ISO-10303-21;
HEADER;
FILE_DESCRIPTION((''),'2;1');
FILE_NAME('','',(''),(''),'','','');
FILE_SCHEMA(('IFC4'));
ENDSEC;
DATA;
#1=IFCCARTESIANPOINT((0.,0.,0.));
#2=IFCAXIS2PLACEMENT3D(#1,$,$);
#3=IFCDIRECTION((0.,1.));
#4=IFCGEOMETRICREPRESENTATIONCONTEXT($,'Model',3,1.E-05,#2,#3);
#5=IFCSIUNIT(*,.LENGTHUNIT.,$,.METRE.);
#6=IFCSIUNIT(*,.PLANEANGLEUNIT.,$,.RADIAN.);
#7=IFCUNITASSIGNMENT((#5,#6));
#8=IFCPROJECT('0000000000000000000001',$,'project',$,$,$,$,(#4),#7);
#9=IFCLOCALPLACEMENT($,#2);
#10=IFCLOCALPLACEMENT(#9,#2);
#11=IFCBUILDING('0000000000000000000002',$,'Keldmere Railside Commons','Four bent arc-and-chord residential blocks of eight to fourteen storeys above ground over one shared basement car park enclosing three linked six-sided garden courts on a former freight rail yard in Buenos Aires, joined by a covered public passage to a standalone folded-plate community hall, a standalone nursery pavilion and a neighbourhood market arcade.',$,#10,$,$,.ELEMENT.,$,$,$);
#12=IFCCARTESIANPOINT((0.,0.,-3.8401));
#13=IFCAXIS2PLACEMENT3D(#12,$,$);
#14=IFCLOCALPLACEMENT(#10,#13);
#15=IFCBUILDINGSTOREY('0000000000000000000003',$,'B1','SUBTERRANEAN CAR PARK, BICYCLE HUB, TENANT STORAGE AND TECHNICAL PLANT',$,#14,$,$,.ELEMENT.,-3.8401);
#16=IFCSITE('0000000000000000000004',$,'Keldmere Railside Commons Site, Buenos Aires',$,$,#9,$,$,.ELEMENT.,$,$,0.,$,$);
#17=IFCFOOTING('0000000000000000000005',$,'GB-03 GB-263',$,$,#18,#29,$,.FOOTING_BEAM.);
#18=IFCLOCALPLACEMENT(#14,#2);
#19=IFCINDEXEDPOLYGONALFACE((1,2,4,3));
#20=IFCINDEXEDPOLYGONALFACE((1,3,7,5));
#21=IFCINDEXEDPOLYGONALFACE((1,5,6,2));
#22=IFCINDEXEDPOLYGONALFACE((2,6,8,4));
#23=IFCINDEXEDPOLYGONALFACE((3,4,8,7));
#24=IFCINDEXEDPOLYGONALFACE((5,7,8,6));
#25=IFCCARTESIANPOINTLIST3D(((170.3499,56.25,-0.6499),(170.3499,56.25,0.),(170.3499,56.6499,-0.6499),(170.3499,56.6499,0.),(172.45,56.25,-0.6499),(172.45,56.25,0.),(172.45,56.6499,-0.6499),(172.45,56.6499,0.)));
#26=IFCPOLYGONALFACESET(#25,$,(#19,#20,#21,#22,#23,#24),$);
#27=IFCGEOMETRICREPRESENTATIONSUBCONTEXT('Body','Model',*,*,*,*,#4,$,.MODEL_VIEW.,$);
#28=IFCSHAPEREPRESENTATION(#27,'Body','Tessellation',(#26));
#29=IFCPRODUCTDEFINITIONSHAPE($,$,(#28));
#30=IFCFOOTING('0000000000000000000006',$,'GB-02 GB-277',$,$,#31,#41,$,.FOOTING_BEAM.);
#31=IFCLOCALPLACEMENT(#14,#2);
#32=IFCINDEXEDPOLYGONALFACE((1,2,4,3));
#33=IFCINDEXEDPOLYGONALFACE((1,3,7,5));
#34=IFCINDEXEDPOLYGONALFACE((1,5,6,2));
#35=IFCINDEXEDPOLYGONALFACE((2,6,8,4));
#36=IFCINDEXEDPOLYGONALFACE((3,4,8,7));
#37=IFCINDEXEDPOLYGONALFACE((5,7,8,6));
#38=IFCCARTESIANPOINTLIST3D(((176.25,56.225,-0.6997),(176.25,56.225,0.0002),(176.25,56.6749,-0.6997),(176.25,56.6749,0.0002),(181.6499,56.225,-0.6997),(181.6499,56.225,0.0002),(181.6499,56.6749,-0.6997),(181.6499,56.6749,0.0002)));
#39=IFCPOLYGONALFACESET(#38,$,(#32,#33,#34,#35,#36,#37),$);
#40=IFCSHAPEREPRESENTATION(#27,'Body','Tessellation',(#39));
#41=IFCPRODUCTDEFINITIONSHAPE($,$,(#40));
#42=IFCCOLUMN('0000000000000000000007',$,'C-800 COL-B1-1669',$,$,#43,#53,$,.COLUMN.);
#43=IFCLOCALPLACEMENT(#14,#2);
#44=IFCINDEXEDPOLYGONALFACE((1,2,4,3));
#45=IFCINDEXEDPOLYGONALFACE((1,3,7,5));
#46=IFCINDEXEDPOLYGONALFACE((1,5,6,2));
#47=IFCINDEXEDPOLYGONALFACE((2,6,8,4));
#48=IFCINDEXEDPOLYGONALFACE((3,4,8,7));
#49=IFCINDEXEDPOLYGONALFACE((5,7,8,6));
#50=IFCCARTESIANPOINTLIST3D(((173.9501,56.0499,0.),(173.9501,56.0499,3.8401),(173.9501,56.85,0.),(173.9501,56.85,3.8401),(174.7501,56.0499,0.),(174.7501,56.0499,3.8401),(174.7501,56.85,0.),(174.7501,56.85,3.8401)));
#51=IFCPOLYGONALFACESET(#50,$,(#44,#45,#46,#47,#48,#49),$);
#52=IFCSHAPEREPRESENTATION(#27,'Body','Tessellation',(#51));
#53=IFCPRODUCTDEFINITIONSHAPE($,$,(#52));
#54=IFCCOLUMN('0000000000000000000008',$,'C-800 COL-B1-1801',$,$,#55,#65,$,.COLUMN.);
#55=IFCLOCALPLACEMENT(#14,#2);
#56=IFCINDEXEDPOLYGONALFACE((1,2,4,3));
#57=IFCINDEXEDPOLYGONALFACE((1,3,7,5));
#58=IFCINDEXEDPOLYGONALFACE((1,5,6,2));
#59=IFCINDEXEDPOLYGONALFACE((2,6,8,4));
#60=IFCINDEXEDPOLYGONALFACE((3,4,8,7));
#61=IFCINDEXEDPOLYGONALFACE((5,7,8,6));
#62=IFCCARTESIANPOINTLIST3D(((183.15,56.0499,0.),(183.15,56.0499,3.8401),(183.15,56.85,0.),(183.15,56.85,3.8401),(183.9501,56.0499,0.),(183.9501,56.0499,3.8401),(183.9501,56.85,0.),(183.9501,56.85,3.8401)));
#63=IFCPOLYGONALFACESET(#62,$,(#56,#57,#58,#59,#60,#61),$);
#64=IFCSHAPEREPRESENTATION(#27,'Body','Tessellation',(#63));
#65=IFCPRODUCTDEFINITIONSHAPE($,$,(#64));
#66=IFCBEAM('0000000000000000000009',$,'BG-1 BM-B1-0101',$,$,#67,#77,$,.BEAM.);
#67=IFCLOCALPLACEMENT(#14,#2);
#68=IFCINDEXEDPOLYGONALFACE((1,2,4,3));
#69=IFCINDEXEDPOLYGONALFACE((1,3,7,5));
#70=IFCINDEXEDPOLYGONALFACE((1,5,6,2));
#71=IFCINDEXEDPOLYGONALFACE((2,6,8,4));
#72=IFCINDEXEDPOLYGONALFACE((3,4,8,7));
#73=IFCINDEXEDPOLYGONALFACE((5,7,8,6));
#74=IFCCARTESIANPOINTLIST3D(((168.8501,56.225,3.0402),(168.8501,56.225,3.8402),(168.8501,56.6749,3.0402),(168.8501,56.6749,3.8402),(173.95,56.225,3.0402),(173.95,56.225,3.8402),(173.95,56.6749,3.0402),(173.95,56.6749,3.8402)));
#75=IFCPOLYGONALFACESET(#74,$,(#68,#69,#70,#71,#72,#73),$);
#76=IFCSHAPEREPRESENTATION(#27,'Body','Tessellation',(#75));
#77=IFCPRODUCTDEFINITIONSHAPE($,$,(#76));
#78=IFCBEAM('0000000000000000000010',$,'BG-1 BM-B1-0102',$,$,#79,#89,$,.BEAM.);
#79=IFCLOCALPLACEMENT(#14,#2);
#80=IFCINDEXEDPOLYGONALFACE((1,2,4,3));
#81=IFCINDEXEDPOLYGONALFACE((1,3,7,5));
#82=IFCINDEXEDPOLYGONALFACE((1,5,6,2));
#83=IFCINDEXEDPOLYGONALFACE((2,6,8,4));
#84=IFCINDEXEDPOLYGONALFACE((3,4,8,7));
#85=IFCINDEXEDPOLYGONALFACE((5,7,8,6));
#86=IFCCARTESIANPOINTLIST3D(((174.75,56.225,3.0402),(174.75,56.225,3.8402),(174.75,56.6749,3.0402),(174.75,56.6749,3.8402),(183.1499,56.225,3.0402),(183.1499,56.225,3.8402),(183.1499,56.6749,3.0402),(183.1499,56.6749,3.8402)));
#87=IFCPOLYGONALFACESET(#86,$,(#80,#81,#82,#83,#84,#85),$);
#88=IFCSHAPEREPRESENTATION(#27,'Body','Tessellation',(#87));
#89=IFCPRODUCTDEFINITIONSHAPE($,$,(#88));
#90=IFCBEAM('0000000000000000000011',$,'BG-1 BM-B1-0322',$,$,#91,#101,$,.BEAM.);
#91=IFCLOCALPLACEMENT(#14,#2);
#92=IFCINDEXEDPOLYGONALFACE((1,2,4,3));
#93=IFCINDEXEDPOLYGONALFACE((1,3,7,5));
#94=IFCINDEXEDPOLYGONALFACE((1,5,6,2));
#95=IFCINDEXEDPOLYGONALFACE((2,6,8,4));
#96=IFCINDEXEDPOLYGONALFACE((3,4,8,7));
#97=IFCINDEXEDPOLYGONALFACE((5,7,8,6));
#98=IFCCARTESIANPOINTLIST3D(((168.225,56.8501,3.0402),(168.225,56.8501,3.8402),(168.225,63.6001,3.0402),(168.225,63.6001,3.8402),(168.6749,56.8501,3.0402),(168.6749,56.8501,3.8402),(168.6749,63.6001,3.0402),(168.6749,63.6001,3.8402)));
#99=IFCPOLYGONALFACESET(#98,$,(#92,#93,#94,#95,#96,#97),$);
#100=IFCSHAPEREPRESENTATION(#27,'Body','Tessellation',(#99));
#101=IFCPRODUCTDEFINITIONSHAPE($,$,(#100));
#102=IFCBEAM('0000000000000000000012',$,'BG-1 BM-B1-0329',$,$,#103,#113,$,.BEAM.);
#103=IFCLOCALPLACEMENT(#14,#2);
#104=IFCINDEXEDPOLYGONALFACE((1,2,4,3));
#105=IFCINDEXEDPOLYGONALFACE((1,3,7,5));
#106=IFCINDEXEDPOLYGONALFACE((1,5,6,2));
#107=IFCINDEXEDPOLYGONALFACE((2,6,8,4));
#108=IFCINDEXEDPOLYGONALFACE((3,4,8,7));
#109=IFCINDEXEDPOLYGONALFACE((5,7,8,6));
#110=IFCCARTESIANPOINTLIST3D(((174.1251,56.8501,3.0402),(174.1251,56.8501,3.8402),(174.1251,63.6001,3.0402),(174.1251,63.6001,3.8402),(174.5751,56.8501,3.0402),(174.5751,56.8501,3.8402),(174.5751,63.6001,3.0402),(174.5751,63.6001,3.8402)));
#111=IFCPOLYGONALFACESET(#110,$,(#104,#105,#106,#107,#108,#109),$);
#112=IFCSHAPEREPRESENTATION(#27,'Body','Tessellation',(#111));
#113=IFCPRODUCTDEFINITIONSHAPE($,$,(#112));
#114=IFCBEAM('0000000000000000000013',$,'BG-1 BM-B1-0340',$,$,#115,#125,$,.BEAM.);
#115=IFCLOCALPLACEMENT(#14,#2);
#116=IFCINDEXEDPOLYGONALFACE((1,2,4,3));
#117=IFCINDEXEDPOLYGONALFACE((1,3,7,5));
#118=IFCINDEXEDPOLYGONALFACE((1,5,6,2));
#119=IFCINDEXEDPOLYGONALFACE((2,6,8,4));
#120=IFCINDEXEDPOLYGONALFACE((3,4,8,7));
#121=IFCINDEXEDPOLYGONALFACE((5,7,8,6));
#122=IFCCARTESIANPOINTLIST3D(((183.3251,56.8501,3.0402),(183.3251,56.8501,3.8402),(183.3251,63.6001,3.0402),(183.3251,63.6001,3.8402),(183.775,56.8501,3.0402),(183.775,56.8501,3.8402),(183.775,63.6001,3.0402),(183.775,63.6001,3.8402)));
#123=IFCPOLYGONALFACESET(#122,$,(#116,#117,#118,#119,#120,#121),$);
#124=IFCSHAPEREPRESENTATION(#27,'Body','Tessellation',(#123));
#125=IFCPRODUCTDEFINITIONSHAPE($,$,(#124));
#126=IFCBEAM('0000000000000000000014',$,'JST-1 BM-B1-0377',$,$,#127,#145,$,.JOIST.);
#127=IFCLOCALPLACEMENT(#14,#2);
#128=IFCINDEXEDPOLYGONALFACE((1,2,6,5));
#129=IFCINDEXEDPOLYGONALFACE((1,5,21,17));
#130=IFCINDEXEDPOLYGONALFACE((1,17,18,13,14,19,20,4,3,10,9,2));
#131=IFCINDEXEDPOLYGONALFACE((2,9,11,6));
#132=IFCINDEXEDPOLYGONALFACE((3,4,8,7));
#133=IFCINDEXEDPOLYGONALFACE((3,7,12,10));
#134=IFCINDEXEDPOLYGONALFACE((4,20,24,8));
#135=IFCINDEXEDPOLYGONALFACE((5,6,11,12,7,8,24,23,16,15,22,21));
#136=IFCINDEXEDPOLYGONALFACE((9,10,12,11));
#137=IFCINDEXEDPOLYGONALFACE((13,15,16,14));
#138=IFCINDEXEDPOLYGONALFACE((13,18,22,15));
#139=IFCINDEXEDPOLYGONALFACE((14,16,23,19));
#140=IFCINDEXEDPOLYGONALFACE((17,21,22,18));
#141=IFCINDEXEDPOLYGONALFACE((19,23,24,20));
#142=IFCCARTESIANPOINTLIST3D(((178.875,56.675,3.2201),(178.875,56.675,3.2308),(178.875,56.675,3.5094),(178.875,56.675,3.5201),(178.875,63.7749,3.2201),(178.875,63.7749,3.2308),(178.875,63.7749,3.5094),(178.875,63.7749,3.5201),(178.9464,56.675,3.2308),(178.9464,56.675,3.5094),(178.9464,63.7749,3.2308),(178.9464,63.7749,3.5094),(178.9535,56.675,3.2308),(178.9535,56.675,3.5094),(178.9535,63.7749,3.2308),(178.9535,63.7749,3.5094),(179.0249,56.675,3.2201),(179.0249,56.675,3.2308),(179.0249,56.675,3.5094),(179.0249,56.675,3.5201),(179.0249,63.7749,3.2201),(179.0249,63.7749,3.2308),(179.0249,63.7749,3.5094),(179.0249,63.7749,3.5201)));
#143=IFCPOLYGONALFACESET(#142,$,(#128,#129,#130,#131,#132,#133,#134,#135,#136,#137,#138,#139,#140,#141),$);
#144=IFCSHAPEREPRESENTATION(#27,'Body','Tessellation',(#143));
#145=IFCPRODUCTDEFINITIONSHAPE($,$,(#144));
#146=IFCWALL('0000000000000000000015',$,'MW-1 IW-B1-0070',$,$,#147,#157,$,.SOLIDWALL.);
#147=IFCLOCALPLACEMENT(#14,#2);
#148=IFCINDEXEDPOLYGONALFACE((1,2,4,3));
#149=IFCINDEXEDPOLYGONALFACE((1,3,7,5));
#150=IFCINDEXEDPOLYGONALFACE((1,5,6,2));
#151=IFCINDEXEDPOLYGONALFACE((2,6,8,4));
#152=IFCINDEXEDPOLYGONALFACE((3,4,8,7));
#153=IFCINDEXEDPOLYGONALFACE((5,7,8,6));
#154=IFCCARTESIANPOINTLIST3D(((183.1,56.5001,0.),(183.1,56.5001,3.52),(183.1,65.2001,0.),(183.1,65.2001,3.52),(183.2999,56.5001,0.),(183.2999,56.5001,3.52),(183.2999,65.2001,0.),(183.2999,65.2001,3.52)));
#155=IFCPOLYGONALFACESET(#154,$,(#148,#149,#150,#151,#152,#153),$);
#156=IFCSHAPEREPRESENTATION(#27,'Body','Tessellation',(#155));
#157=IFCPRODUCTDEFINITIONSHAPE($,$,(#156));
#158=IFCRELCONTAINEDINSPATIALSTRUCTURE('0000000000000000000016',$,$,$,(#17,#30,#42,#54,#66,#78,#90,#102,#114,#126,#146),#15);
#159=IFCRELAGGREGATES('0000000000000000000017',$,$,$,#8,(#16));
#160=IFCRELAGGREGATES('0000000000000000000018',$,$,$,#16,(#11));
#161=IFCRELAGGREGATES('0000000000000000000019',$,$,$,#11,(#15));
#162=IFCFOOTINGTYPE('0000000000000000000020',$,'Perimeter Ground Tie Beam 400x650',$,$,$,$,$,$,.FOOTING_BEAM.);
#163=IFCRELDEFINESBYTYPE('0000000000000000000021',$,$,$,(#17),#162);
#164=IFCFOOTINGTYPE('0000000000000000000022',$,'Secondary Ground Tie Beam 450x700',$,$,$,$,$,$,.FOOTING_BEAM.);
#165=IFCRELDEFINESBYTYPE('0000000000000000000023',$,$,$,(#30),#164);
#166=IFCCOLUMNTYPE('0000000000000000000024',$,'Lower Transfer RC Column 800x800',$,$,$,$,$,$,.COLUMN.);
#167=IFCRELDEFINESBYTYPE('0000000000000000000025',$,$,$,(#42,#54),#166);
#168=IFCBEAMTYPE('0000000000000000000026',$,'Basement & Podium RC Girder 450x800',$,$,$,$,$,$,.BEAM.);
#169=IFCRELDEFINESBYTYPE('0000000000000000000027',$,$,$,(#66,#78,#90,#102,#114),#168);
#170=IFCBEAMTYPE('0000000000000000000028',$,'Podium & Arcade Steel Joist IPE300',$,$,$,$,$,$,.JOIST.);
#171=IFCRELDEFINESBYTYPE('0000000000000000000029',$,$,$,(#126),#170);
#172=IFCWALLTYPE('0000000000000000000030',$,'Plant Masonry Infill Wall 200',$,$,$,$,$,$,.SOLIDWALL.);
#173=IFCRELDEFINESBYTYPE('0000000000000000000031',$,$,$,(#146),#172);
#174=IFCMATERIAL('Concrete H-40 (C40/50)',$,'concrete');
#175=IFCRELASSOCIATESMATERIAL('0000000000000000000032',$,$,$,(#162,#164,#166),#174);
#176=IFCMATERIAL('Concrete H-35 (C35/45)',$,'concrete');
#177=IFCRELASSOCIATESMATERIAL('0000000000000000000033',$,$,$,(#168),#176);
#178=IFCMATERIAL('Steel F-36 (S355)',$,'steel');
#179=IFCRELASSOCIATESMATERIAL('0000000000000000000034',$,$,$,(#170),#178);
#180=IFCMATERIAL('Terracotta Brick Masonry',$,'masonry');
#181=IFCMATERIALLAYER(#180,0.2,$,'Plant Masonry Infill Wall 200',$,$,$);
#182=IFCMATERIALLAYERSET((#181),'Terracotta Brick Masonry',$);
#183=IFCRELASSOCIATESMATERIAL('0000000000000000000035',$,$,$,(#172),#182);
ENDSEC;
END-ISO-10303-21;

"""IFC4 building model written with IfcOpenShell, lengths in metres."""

from ifc_helpers import new_model, si_unit, direction, frame, frame_2d, origin, origin_2d, place, context, subcontext, project, spatial, rectangle, i_section, extrude, material, layer, layer_set, material_profile, profile_set, type_object, element, save


model = new_model("IFC4")

# Units and contexts
model_context = context("Model", 3, precision=1e-05, world=origin(), true_north=direction((0.0, 1.0)))
body_context = subcontext(model_context, "Body", "Model", "MODEL_VIEW")
ifc_project = project(units=[si_unit("LENGTHUNIT", "METRE"), si_unit("PLANEANGLEUNIT", "RADIAN")], contexts=[model_context])

# Site, building, storey
site_placement = place(None, origin())
site = spatial("IfcSite", under=ifc_project, at=site_placement, Name="Keldmere Railside Commons Site, Buenos Aires", CompositionType="ELEMENT", RefElevation=0.0)
building_placement = place(site_placement, origin())
building = spatial("IfcBuilding", under=site, at=building_placement, Name="Keldmere Railside Commons", Description="Four bent arc-and-chord residential blocks of eight to fourteen storeys above ground over one shared basement car park enclosing three linked six-sided garden courts on a former freight rail yard in Buenos Aires, joined by a covered public passage to a standalone folded-plate community hall, a standalone nursery pavilion and a neighbourhood market arcade.", CompositionType="ELEMENT")
storey_placement = place(building_placement, frame((0.0, 0.0, -3.8401)))
storey = spatial("IfcBuildingStorey", under=building, at=storey_placement, Name="B1", Description="SUBTERRANEAN CAR PARK, BICYCLE HUB, TENANT STORAGE AND TECHNICAL PLANT", CompositionType="ELEMENT", Elevation=-3.8401)

# Footings
ifc_material_1 = material(Name="Concrete H-40 (C40/50)", Category="concrete")
footing_type_1 = type_object("IfcFootingType", Name="Perimeter Ground Tie Beam 400x650", PredefinedType="FOOTING_BEAM", material=ifc_material_1)
footing_1_placement = place(storey_placement, frame((171.3999, 56.45, -0.6499), z_axis=(0.0, 0.0, 1.0), x_axis=(1.0, 0.0, 0.0)))
element("IfcFooting", 1, at=footing_1_placement, inside=storey, type_object=footing_type_1, Name="GB-03 GB-263", PredefinedType="FOOTING_BEAM", context=body_context, shape_type="SweptSolid", body=[
    extrude(rectangle(XDim=2.1001, YDim=0.3999, at=origin_2d()), origin(), (0.0, 0.0, 1.0), 0.6499),
])
footing_type_2 = type_object("IfcFootingType", Name="Secondary Ground Tie Beam 450x700", PredefinedType="FOOTING_BEAM", material=ifc_material_1)
footing_2_placement = place(storey_placement, frame((178.95, 56.45, -0.6997), z_axis=(0.0, 0.0, 1.0), x_axis=(1.0, 0.0, 0.0)))
element("IfcFooting", 2, at=footing_2_placement, inside=storey, type_object=footing_type_2, Name="GB-02 GB-277", PredefinedType="FOOTING_BEAM", context=body_context, shape_type="SweptSolid", body=[
    extrude(rectangle(XDim=5.3999, YDim=0.45, at=origin_2d()), origin(), (0.0, 0.0, 1.0), 0.7),
])

# Columns
ifc_material_profile_1 = material_profile(ifc_material_1, rectangle(XDim=0.8, YDim=0.8, at=origin_2d()), Name="RC-800x800")
ifc_profile_set_1 = profile_set([ifc_material_profile_1], Name="Concrete H-40 (C40/50)")
column_type = type_object("IfcColumnType", Name="Lower Transfer RC Column 800x800", PredefinedType="COLUMN", material=ifc_profile_set_1)
for number, where, z_axis, x_axis, name in (
    (3, (174.3501, 56.45, 0.0), (0.0, 0.0, 1.0), (1.0, 0.0, 0.0), "C-800 COL-B1-1669"),
    (4, (183.55, 56.45, 0.0), (0.0, 0.0, 1.0), (1.0, 0.0, 0.0), "C-800 COL-B1-1801"),
):
    element("IfcColumn", number, at=place(storey_placement, frame(where, z_axis=z_axis, x_axis=x_axis)), inside=storey, type_object=column_type, Name=name, PredefinedType="COLUMN", context=body_context, shape_type="SweptSolid", body=[
        extrude(rectangle(XDim=0.8, YDim=0.8, at=origin_2d()), origin(), (0.0, 0.0, 1.0), 3.8401),
    ])

# Beams
ifc_material_2 = material(Name="Concrete H-35 (C35/45)", Category="concrete")
ifc_material_profile_2 = material_profile(ifc_material_2, rectangle(XDim=0.45, YDim=0.8, at=origin_2d()), Name="RC-450x800")
ifc_profile_set_2 = profile_set([ifc_material_profile_2], Name="Concrete H-35 (C35/45)")
beam_type_1 = type_object("IfcBeamType", Name="Basement & Podium RC Girder 450x800", PredefinedType="BEAM", material=ifc_profile_set_2)
beam_1_placement = place(storey_placement, frame((168.8501, 56.45, 3.4402), z_axis=(1.0, 0.0, 0.0), x_axis=(0.0, 1.0, 0.0)))
element("IfcBeam", 5, at=beam_1_placement, inside=storey, type_object=beam_type_1, Name="BG-1 BM-B1-0101", PredefinedType="BEAM", context=body_context, shape_type="SweptSolid", body=[
    extrude(rectangle(XDim=0.45, YDim=0.8, at=origin_2d()), origin(), (0.0, 0.0, 1.0), 5.0999),
])
beam_2_placement = place(storey_placement, frame((174.75, 56.45, 3.4402), z_axis=(1.0, 0.0, 0.0), x_axis=(0.0, 1.0, 0.0)))
element("IfcBeam", 6, at=beam_2_placement, inside=storey, type_object=beam_type_1, Name="BG-1 BM-B1-0102", PredefinedType="BEAM", context=body_context, shape_type="SweptSolid", body=[
    extrude(rectangle(XDim=0.45, YDim=0.8, at=origin_2d()), origin(), (0.0, 0.0, 1.0), 8.3999),
])
for number, where, z_axis, x_axis, name in (
    (7, (168.45, 56.8501, 3.4402), (0.0, 1.0, 0.0), (-1.0, 0.0, 0.0), "BG-1 BM-B1-0322"),
    (8, (174.3501, 56.8501, 3.4402), (0.0, 1.0, 0.0), (-1.0, 0.0, 0.0), "BG-1 BM-B1-0329"),
    (9, (183.55, 56.8501, 3.4402), (0.0, 1.0, 0.0), (-1.0, 0.0, 0.0), "BG-1 BM-B1-0340"),
):
    element("IfcBeam", number, at=place(storey_placement, frame(where, z_axis=z_axis, x_axis=x_axis)), inside=storey, type_object=beam_type_1, Name=name, PredefinedType="BEAM", context=body_context, shape_type="SweptSolid", body=[
        extrude(rectangle(XDim=0.45, YDim=0.8, at=origin_2d()), origin(), (0.0, 0.0, 1.0), 6.75),
    ])
ifc_material_3 = material(Name="Steel F-36 (S355)", Category="steel")
ifc_material_profile_3 = material_profile(ifc_material_3, i_section(OverallWidth=0.1499, OverallDepth=0.3, WebThickness=0.0071, FlangeThickness=0.0107, at=origin_2d()), Name="IPE-300")
ifc_profile_set_3 = profile_set([ifc_material_profile_3], Name="Steel F-36 (S355)")
beam_type_2 = type_object("IfcBeamType", Name="Podium & Arcade Steel Joist IPE300", PredefinedType="JOIST", material=ifc_profile_set_3)
beam_3_placement = place(storey_placement, frame((178.95, 56.675, 3.3701), z_axis=(0.0, 1.0, 0.0), x_axis=(-1.0, 0.0, 0.0)))
element("IfcBeam", 10, at=beam_3_placement, inside=storey, type_object=beam_type_2, Name="JST-1 BM-B1-0377", PredefinedType="JOIST", context=body_context, shape_type="SweptSolid", body=[
    extrude(i_section(OverallWidth=0.1499, OverallDepth=0.3, WebThickness=0.0071, FlangeThickness=0.0107, at=origin_2d()), origin(), (0.0, 0.0, 1.0), 7.0999),
])

# Wall
ifc_material_4 = material(Name="Terracotta Brick Masonry", Category="masonry")
ifc_layer = layer(ifc_material_4, 0.2, Name="Plant Masonry Infill Wall 200")
ifc_layer_set = layer_set([ifc_layer], Name="Terracotta Brick Masonry")
wall_type = type_object("IfcWallType", Name="Plant Masonry Infill Wall 200", PredefinedType="SOLIDWALL", material=ifc_layer_set)
wall_placement = place(storey_placement, frame((183.2, 56.5, 0.0), z_axis=(0.0, 0.0, 1.0), x_axis=(0.0, 1.0, 0.0)))
element("IfcWall", 11, at=wall_placement, inside=storey, type_object=wall_type, Name="MW-1 IW-B1-0070", PredefinedType="SOLIDWALL", context=body_context, shape_type="SweptSolid", body=[
    extrude(rectangle(XDim=8.7, YDim=0.2, at=frame_2d((4.3501, 0.0))), origin(), (0.0, 0.0, 1.0), 3.52),
])

save(model, "model.ifc")
